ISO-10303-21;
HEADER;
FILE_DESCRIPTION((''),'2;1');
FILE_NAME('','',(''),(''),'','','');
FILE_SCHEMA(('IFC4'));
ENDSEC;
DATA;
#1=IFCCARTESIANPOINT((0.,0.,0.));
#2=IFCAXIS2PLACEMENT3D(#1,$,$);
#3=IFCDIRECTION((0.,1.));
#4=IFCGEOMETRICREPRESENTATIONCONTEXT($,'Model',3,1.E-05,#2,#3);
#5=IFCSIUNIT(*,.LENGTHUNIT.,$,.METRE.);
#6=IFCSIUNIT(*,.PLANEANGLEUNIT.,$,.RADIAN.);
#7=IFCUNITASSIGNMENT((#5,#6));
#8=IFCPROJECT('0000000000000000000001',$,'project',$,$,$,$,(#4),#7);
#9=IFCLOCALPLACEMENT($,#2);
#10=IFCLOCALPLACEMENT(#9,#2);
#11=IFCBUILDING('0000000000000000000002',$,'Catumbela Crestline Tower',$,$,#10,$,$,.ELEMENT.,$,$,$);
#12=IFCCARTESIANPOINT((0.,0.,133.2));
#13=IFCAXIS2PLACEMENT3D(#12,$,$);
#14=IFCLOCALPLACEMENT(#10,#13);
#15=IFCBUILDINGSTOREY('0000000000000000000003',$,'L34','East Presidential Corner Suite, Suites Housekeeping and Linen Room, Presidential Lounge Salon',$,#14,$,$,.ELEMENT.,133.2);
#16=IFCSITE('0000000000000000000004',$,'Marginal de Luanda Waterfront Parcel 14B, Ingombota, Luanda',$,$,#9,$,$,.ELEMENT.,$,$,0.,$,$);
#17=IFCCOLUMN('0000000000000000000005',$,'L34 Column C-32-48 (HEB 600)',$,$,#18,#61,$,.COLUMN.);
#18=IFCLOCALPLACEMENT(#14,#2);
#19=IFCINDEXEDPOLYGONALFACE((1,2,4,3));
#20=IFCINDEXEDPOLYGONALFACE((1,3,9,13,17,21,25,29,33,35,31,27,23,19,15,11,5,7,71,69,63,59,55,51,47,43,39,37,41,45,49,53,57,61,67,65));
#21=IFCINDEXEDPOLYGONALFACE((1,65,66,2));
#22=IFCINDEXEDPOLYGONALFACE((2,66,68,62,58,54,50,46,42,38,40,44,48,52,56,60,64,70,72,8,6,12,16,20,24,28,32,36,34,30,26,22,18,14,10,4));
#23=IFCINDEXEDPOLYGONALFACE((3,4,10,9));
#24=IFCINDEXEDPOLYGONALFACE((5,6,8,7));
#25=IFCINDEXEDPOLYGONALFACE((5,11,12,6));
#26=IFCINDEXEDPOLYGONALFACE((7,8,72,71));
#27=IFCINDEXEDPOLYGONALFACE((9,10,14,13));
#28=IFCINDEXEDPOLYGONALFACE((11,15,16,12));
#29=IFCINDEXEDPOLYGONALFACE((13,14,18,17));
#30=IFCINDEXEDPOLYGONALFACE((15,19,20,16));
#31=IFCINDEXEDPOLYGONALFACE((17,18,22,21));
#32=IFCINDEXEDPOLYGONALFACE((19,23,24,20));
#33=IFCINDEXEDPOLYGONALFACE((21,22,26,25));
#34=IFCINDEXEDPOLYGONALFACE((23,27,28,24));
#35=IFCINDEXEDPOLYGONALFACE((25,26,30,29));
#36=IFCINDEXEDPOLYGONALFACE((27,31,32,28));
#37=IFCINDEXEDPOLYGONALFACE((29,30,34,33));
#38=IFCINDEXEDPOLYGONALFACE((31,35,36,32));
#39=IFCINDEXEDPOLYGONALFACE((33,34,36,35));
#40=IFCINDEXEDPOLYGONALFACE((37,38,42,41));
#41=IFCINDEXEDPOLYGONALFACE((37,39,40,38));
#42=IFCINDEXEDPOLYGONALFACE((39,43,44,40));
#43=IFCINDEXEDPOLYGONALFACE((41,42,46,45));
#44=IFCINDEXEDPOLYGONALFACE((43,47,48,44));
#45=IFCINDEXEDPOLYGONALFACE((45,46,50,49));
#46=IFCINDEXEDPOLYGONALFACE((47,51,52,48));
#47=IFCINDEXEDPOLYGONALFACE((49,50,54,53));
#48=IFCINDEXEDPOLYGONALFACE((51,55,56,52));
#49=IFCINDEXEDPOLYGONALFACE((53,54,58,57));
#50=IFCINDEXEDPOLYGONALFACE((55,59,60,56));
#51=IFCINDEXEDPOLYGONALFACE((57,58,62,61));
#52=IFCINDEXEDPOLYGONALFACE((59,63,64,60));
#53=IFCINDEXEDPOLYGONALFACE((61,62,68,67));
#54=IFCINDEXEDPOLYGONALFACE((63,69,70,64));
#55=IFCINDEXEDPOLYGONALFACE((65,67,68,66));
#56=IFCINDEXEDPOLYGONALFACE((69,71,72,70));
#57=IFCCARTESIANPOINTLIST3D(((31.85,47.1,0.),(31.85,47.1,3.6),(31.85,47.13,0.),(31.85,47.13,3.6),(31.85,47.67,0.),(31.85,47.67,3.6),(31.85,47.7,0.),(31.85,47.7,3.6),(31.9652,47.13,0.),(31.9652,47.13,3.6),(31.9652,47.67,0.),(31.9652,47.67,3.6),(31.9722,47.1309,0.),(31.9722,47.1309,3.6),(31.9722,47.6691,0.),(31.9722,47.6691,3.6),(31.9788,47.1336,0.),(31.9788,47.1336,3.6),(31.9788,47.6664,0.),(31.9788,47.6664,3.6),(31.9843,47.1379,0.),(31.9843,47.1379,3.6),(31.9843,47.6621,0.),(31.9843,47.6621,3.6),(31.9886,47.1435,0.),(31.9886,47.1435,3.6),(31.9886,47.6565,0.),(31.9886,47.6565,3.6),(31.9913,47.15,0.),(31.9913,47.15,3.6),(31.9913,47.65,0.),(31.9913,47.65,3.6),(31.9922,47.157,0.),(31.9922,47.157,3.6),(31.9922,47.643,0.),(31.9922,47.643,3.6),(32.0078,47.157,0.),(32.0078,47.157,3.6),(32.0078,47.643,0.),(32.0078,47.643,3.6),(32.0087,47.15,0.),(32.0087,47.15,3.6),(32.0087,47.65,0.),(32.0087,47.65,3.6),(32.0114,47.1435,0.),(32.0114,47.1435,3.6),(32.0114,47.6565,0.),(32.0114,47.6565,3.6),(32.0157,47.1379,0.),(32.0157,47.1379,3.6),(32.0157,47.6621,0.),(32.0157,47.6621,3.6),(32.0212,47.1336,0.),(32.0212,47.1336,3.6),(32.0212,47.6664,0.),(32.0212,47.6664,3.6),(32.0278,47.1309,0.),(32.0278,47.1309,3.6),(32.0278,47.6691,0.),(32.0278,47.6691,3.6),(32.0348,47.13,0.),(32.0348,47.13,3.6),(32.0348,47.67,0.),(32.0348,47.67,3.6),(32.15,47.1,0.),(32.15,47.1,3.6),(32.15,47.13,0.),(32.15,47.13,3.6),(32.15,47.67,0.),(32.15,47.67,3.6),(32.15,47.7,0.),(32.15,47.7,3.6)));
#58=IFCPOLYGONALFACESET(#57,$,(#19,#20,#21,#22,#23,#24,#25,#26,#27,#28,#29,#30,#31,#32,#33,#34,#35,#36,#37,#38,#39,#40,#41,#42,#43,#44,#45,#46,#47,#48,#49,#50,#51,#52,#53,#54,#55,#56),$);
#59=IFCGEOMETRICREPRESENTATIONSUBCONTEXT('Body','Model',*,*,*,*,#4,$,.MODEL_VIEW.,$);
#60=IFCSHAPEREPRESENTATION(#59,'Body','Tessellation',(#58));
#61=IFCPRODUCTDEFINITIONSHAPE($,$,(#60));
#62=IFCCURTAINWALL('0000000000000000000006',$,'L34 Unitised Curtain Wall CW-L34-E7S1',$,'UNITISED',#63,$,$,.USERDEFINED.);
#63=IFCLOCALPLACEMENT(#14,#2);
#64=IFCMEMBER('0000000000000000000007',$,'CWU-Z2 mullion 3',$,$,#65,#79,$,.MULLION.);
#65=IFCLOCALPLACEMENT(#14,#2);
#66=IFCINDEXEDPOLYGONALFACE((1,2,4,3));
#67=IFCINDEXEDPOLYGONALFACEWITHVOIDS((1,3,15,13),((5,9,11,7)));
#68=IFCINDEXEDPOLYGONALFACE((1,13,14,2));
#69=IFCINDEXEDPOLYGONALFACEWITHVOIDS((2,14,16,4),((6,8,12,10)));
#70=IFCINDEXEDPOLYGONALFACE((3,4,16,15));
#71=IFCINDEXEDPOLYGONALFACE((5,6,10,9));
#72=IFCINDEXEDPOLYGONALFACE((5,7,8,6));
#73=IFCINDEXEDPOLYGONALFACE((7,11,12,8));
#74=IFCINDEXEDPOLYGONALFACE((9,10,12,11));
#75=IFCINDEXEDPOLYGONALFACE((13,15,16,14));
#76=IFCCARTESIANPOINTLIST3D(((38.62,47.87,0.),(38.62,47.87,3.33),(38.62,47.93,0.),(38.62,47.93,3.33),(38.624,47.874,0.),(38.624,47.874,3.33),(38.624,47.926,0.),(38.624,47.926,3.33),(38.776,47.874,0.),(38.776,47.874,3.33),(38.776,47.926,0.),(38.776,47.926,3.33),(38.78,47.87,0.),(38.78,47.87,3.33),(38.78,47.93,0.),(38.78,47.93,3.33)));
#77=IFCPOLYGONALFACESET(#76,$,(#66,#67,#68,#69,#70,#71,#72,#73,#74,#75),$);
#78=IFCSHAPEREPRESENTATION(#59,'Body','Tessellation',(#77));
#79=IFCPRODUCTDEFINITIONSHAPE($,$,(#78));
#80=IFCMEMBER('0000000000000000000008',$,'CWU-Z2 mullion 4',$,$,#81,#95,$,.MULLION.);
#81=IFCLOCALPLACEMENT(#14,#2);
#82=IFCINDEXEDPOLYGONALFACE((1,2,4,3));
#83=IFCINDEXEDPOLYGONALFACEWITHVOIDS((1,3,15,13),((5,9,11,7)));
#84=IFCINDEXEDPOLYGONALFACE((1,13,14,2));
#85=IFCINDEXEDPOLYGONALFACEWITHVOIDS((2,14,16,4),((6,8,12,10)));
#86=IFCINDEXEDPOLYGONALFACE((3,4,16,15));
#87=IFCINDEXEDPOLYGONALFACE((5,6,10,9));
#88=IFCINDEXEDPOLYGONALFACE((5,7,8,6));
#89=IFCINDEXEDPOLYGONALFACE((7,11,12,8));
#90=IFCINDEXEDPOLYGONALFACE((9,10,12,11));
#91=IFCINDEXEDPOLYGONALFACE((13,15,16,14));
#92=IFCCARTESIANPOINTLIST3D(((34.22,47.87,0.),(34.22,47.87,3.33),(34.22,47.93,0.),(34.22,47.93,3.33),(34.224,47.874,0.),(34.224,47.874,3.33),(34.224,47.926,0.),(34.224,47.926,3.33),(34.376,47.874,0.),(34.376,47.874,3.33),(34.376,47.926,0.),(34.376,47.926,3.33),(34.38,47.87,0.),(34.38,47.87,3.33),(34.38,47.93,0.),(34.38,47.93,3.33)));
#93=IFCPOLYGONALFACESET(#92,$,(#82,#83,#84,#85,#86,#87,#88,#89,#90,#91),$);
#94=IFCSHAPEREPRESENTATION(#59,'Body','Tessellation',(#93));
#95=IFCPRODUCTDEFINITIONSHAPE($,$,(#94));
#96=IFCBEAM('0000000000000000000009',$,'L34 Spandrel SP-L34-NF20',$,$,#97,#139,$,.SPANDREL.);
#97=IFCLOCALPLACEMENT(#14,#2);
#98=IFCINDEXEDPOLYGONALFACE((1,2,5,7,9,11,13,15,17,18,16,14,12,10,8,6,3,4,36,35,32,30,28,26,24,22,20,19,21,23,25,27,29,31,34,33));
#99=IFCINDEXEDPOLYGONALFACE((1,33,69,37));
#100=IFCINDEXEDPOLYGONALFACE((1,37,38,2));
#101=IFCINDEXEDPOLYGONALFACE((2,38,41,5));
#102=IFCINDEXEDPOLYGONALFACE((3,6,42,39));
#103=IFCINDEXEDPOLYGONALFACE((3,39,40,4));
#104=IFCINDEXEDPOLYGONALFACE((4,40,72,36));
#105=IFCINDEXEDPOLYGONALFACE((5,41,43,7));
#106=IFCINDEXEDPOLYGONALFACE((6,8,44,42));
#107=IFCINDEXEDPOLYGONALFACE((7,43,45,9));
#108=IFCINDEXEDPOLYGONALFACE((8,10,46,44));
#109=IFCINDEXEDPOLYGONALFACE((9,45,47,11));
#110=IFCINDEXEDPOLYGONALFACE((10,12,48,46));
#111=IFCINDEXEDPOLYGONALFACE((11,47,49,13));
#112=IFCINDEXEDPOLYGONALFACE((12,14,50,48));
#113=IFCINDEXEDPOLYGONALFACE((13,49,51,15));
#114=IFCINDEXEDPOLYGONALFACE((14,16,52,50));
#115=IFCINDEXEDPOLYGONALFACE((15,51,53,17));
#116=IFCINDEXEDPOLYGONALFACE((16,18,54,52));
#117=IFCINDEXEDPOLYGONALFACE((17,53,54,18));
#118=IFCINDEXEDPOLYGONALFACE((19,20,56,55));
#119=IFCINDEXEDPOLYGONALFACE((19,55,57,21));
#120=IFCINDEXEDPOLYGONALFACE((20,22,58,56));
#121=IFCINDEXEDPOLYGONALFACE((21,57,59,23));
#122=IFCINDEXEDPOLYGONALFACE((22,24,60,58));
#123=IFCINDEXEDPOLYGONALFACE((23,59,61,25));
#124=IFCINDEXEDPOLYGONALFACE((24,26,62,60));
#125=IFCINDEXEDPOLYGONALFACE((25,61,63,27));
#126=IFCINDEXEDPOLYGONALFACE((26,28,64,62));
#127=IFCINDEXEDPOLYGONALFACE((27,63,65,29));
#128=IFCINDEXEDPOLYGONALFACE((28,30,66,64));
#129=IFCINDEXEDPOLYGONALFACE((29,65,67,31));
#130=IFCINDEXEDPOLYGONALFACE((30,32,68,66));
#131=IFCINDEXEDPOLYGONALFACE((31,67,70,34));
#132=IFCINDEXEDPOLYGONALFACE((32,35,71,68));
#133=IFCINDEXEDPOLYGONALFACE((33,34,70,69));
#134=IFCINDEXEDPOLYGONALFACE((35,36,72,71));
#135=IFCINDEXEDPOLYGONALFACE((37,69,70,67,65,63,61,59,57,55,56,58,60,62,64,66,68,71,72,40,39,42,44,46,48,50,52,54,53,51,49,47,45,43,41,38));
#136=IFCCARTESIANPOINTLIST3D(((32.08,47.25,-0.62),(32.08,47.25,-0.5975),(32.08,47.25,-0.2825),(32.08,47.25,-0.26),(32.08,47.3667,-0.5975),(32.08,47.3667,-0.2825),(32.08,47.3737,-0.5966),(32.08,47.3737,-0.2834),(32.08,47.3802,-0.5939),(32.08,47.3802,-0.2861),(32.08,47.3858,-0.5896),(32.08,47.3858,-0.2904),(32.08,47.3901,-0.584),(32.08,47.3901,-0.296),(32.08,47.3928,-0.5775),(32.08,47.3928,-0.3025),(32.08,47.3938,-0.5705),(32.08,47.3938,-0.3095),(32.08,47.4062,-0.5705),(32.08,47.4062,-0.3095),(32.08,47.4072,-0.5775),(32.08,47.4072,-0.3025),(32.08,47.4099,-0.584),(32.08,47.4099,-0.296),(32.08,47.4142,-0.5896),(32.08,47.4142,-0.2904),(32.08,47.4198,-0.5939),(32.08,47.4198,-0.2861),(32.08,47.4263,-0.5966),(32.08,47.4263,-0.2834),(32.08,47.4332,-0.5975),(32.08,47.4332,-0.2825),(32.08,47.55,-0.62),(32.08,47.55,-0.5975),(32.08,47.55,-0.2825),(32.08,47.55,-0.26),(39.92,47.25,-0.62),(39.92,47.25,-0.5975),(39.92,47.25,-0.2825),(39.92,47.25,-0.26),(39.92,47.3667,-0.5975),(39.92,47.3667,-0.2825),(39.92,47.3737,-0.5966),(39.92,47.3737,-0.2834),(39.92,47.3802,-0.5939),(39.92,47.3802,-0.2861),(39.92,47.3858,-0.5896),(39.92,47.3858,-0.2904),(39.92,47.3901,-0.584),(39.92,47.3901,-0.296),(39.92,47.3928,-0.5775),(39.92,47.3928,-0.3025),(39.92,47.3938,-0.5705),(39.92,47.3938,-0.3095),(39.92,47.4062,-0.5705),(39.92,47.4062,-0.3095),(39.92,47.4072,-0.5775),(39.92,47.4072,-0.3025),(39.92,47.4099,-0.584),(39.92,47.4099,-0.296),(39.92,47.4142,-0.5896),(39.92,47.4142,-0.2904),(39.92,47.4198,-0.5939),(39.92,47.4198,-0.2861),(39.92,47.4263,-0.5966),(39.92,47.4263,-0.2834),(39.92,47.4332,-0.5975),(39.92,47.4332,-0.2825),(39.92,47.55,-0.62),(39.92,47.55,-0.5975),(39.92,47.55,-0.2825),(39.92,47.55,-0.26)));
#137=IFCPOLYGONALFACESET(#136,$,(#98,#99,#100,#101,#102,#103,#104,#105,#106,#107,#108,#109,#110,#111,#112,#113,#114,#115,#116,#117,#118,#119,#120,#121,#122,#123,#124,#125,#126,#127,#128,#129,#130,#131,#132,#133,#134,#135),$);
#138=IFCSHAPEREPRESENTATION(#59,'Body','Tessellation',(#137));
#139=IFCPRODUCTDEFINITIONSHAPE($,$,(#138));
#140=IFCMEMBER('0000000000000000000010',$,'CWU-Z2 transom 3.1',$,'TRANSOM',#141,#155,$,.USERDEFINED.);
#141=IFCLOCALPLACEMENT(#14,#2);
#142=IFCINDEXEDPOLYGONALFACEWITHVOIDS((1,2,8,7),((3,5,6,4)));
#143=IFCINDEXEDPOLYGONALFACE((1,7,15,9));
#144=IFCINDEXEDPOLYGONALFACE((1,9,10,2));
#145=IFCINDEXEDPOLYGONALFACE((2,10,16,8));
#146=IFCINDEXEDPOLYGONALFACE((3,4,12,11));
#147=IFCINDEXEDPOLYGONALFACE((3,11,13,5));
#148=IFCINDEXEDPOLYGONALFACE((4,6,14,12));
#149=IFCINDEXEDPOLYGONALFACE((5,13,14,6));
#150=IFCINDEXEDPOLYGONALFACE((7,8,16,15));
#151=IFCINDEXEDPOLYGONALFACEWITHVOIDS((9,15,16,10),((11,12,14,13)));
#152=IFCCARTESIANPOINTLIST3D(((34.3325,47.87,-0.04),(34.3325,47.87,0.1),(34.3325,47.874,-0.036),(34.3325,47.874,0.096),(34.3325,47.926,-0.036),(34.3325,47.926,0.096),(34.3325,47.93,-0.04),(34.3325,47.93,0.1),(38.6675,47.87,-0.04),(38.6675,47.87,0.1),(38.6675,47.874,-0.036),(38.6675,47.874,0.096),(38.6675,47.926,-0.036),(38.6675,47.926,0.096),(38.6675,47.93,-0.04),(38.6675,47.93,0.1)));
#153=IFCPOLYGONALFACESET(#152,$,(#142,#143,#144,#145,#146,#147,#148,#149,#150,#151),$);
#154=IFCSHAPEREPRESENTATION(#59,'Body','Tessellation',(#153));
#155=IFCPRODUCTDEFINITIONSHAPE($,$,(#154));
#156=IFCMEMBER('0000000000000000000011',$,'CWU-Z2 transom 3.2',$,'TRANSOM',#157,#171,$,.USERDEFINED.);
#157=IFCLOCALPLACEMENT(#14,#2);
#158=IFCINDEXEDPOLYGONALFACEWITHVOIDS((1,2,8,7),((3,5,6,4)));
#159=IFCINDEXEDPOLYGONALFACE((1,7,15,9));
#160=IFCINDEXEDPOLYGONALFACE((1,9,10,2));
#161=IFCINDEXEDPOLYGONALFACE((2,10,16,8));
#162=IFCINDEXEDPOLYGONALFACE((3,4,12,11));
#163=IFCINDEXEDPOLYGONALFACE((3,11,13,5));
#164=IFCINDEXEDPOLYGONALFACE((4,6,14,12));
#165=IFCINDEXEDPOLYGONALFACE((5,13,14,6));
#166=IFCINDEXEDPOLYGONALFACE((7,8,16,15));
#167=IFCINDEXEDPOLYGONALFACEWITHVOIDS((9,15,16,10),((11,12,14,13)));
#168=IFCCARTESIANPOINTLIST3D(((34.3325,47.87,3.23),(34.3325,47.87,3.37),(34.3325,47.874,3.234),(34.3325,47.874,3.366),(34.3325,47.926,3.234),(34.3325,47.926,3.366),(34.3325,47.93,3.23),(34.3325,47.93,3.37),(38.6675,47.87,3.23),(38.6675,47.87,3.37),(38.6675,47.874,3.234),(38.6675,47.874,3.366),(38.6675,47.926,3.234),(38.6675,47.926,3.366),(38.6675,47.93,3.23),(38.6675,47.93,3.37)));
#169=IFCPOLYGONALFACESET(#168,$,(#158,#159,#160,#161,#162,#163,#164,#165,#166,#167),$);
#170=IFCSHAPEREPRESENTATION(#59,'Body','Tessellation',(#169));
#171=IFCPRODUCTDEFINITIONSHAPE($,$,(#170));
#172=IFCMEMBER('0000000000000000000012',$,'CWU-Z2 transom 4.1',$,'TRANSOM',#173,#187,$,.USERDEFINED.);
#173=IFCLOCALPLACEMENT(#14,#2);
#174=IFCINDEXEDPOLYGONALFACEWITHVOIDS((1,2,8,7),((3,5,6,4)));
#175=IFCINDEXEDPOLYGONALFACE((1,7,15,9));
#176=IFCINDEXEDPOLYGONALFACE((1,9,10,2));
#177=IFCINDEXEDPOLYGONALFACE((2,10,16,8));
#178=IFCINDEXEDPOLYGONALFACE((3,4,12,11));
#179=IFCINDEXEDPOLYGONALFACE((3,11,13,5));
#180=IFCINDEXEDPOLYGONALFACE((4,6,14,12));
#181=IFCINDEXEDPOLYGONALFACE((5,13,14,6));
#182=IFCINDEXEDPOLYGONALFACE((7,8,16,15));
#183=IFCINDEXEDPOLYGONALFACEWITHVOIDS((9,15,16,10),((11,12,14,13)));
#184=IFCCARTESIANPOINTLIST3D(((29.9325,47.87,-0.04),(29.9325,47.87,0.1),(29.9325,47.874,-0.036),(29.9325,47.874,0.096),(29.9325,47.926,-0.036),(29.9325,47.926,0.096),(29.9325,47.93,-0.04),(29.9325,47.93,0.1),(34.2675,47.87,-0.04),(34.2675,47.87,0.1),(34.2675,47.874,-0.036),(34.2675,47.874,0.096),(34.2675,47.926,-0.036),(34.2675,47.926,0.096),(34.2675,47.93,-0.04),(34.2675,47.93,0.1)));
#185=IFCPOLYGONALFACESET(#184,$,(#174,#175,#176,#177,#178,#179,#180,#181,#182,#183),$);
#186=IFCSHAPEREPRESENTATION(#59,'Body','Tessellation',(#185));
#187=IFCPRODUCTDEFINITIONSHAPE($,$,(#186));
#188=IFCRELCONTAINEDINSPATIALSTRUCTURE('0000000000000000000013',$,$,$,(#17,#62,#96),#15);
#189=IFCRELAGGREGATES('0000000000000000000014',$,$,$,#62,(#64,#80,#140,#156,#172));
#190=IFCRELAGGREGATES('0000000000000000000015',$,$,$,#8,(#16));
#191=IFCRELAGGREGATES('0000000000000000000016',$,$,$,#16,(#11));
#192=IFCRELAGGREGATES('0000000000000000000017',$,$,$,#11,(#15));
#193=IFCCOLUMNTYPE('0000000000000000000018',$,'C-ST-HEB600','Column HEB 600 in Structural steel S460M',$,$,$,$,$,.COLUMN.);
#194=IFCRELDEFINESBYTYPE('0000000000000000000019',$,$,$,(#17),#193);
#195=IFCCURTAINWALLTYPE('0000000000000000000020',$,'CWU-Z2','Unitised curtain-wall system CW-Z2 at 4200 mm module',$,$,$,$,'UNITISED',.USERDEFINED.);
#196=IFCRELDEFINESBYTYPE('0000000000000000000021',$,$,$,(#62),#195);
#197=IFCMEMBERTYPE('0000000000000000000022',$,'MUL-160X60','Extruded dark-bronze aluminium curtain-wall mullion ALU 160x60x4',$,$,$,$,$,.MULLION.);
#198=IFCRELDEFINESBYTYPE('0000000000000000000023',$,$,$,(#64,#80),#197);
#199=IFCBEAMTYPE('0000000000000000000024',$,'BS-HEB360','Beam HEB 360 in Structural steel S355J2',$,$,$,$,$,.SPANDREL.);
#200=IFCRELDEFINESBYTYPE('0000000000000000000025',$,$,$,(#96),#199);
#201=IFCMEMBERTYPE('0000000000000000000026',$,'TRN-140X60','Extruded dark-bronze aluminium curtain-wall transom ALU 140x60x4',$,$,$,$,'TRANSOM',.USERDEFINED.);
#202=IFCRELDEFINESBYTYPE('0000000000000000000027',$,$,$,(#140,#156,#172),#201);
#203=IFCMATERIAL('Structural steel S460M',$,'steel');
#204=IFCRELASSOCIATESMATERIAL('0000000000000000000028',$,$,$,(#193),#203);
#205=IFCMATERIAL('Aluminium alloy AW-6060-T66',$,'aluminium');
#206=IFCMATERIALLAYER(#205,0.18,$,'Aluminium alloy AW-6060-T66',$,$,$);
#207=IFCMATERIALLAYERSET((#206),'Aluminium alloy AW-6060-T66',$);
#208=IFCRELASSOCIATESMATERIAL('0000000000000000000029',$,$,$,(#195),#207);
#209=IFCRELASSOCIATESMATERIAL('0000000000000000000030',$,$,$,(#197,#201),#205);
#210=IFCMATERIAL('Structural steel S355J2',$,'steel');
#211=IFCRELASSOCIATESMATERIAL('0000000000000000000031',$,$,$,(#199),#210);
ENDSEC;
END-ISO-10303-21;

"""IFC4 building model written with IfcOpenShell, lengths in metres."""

from ifc_helpers import new_model, si_unit, direction, frame, origin, origin_2d, place, context, subcontext, project, spatial, hollow_rectangle, i_section, extrude, material, layer, layer_set, material_profile, profile_set, type_object, element, aggregate, save


model = new_model("IFC4")

# Units and contexts
model_context = context("Model", 3, precision=1e-05, world=origin(), true_north=direction((0.0, 1.0)))
body_context = subcontext(model_context, "Body", "Model", "MODEL_VIEW")
ifc_project = project(units=[si_unit("LENGTHUNIT", "METRE"), si_unit("PLANEANGLEUNIT", "RADIAN")], contexts=[model_context])

# Site, building, storey
site_placement = place(None, origin())
site = spatial("IfcSite", under=ifc_project, at=site_placement, Name="Marginal de Luanda Waterfront Parcel 14B, Ingombota, Luanda", CompositionType="ELEMENT", RefElevation=0.0)
building_placement = place(site_placement, origin())
building = spatial("IfcBuilding", under=site, at=building_placement, Name="Catumbela Crestline Tower", CompositionType="ELEMENT")
storey_placement = place(building_placement, frame((0.0, 0.0, 133.2)))
storey = spatial("IfcBuildingStorey", under=building, at=storey_placement, Name="L34", Description="East Presidential Corner Suite, Suites Housekeeping and Linen Room, Presidential Lounge Salon", CompositionType="ELEMENT", Elevation=133.2)

# Column
ifc_material_1 = material(Name="Structural steel S460M", Category="steel")
ifc_material_profile_1 = material_profile(ifc_material_1, i_section(OverallWidth=0.3, OverallDepth=0.6, WebThickness=0.0155, FlangeThickness=0.03, FilletRadius=0.027, at=origin_2d()), Name="HEB 600")
ifc_profile_set_1 = profile_set([ifc_material_profile_1], Name="Structural steel S460M")
column_type = type_object("IfcColumnType", Name="C-ST-HEB600", Description="Column HEB 600 in Structural steel S460M", PredefinedType="COLUMN", material=ifc_profile_set_1)
column_placement = place(storey_placement, frame((32.0, 47.4, 0.0), z_axis=(0.0, 0.0, 1.0), x_axis=(1.0, 0.0, 0.0)))
element("IfcColumn", 1, at=column_placement, inside=storey, type_object=column_type, Name="L34 Column C-32-48 (HEB 600)", PredefinedType="COLUMN", context=body_context, shape_type="SweptSolid", body=[
    extrude(i_section(OverallWidth=0.3, OverallDepth=0.6, WebThickness=0.0155, FlangeThickness=0.03, FilletRadius=0.027, at=origin_2d()), origin(), (0.0, 0.0, 1.0), 3.6),
])

# Curtain wall, members
ifc_material_2 = material(Name="Aluminium alloy AW-6060-T66", Category="aluminium")
ifc_layer_1 = layer(ifc_material_2, 0.18, Name="Aluminium alloy AW-6060-T66")
ifc_layer_set_1 = layer_set([ifc_layer_1], Name="Aluminium alloy AW-6060-T66")
curtain_wall_type = type_object("IfcCurtainWallType", Name="CWU-Z2", Description="Unitised curtain-wall system CW-Z2 at 4200 mm module", ElementType="UNITISED", PredefinedType="USERDEFINED", material=ifc_layer_set_1)
curtain_wall_placement = place(storey_placement, origin())
curtain_wall = element("IfcCurtainWall", 2, at=curtain_wall_placement, inside=storey, type_object=curtain_wall_type, Name="L34 Unitised Curtain Wall CW-L34-E7S1", ObjectType="UNITISED", PredefinedType="USERDEFINED")
ifc_material_profile_2 = material_profile(ifc_material_2, hollow_rectangle(XDim=0.06, YDim=0.16, WallThickness=0.004, at=origin_2d()), Name="ALU 160x60x4")
ifc_profile_set_2 = profile_set([ifc_material_profile_2], Name="Aluminium alloy AW-6060-T66")
member_type_1 = type_object("IfcMemberType", Name="MUL-160X60", Description="Extruded dark-bronze aluminium curtain-wall mullion ALU 160x60x4", PredefinedType="MULLION", material=ifc_profile_set_2)
member_1_placement = place(storey_placement, frame((38.7, 47.9, 0.0), z_axis=(0.0, 0.0, 1.0), x_axis=(0.0, -1.0, 0.0)))
member_1 = element("IfcMember", 3, at=member_1_placement, type_object=member_type_1, Name="CWU-Z2 mullion 3", PredefinedType="MULLION", context=body_context, shape_type="SweptSolid", body=[
    extrude(hollow_rectangle(XDim=0.06, YDim=0.16, WallThickness=0.004, at=origin_2d()), origin(), (0.0, 0.0, 1.0), 3.33),
])
member_2_placement = place(storey_placement, frame((34.3, 47.9, 0.0), z_axis=(0.0, 0.0, 1.0), x_axis=(0.0, -1.0, 0.0)))
member_2 = element("IfcMember", 4, at=member_2_placement, type_object=member_type_1, Name="CWU-Z2 mullion 4", PredefinedType="MULLION", context=body_context, shape_type="SweptSolid", body=[
    extrude(hollow_rectangle(XDim=0.06, YDim=0.16, WallThickness=0.004, at=origin_2d()), origin(), (0.0, 0.0, 1.0), 3.33),
])

# Beam
ifc_material_3 = material(Name="Structural steel S355J2", Category="steel")
ifc_material_profile_3 = material_profile(ifc_material_3, i_section(OverallWidth=0.3, OverallDepth=0.36, WebThickness=0.0125, FlangeThickness=0.0225, FilletRadius=0.027, at=origin_2d()), Name="HEB 360")
ifc_profile_set_3 = profile_set([ifc_material_profile_3], Name="Structural steel S355J2")
beam_type = type_object("IfcBeamType", Name="BS-HEB360", Description="Beam HEB 360 in Structural steel S355J2", PredefinedType="SPANDREL", material=ifc_profile_set_3)
beam_placement = place(storey_placement, frame((32.08, 47.4, -0.44), z_axis=(1.0, 0.0, 0.0), x_axis=(0.0, 1.0, 0.0)))
element("IfcBeam", 5, at=beam_placement, inside=storey, type_object=beam_type, Name="L34 Spandrel SP-L34-NF20", PredefinedType="SPANDREL", context=body_context, shape_type="SweptSolid", body=[
    extrude(i_section(OverallWidth=0.3, OverallDepth=0.36, WebThickness=0.0125, FlangeThickness=0.0225, FilletRadius=0.027, at=origin_2d()), origin(), (0.0, 0.0, 1.0), 7.84),
])

# Members
ifc_material_profile_4 = material_profile(ifc_material_2, hollow_rectangle(XDim=0.06, YDim=0.14, WallThickness=0.004, at=origin_2d()), Name="ALU 140x60x4")
ifc_profile_set_4 = profile_set([ifc_material_profile_4], Name="Aluminium alloy AW-6060-T66")
member_type_2 = type_object("IfcMemberType", Name="TRN-140X60", Description="Extruded dark-bronze aluminium curtain-wall transom ALU 140x60x4", ElementType="TRANSOM", PredefinedType="USERDEFINED", material=ifc_profile_set_4)
member_3_placement = place(storey_placement, frame((38.6675, 47.9, 0.03), z_axis=(-1.0, 0.0, 0.0), x_axis=(0.0, -1.0, 0.0)))
member_3 = element("IfcMember", 6, at=member_3_placement, type_object=member_type_2, Name="CWU-Z2 transom 3.1", ObjectType="TRANSOM", PredefinedType="USERDEFINED", context=body_context, shape_type="SweptSolid", body=[
    extrude(hollow_rectangle(XDim=0.06, YDim=0.14, WallThickness=0.004, at=origin_2d()), origin(), (0.0, 0.0, 1.0), 4.335),
])
member_4_placement = place(storey_placement, frame((38.6675, 47.9, 3.3), z_axis=(-1.0, 0.0, 0.0), x_axis=(0.0, -1.0, 0.0)))
member_4 = element("IfcMember", 7, at=member_4_placement, type_object=member_type_2, Name="CWU-Z2 transom 3.2", ObjectType="TRANSOM", PredefinedType="USERDEFINED", context=body_context, shape_type="SweptSolid", body=[
    extrude(hollow_rectangle(XDim=0.06, YDim=0.14, WallThickness=0.004, at=origin_2d()), origin(), (0.0, 0.0, 1.0), 4.335),
])
member_5_placement = place(storey_placement, frame((34.2675, 47.9, 0.03), z_axis=(-1.0, 0.0, 0.0), x_axis=(0.0, -1.0, 0.0)))
member_5 = element("IfcMember", 8, at=member_5_placement, type_object=member_type_2, Name="CWU-Z2 transom 4.1", ObjectType="TRANSOM", PredefinedType="USERDEFINED", context=body_context, shape_type="SweptSolid", body=[
    extrude(hollow_rectangle(XDim=0.06, YDim=0.14, WallThickness=0.004, at=origin_2d()), origin(), (0.0, 0.0, 1.0), 4.335),
])

aggregate(curtain_wall, [member_1, member_2, member_3, member_4, member_5])

save(model, "model.ifc")
